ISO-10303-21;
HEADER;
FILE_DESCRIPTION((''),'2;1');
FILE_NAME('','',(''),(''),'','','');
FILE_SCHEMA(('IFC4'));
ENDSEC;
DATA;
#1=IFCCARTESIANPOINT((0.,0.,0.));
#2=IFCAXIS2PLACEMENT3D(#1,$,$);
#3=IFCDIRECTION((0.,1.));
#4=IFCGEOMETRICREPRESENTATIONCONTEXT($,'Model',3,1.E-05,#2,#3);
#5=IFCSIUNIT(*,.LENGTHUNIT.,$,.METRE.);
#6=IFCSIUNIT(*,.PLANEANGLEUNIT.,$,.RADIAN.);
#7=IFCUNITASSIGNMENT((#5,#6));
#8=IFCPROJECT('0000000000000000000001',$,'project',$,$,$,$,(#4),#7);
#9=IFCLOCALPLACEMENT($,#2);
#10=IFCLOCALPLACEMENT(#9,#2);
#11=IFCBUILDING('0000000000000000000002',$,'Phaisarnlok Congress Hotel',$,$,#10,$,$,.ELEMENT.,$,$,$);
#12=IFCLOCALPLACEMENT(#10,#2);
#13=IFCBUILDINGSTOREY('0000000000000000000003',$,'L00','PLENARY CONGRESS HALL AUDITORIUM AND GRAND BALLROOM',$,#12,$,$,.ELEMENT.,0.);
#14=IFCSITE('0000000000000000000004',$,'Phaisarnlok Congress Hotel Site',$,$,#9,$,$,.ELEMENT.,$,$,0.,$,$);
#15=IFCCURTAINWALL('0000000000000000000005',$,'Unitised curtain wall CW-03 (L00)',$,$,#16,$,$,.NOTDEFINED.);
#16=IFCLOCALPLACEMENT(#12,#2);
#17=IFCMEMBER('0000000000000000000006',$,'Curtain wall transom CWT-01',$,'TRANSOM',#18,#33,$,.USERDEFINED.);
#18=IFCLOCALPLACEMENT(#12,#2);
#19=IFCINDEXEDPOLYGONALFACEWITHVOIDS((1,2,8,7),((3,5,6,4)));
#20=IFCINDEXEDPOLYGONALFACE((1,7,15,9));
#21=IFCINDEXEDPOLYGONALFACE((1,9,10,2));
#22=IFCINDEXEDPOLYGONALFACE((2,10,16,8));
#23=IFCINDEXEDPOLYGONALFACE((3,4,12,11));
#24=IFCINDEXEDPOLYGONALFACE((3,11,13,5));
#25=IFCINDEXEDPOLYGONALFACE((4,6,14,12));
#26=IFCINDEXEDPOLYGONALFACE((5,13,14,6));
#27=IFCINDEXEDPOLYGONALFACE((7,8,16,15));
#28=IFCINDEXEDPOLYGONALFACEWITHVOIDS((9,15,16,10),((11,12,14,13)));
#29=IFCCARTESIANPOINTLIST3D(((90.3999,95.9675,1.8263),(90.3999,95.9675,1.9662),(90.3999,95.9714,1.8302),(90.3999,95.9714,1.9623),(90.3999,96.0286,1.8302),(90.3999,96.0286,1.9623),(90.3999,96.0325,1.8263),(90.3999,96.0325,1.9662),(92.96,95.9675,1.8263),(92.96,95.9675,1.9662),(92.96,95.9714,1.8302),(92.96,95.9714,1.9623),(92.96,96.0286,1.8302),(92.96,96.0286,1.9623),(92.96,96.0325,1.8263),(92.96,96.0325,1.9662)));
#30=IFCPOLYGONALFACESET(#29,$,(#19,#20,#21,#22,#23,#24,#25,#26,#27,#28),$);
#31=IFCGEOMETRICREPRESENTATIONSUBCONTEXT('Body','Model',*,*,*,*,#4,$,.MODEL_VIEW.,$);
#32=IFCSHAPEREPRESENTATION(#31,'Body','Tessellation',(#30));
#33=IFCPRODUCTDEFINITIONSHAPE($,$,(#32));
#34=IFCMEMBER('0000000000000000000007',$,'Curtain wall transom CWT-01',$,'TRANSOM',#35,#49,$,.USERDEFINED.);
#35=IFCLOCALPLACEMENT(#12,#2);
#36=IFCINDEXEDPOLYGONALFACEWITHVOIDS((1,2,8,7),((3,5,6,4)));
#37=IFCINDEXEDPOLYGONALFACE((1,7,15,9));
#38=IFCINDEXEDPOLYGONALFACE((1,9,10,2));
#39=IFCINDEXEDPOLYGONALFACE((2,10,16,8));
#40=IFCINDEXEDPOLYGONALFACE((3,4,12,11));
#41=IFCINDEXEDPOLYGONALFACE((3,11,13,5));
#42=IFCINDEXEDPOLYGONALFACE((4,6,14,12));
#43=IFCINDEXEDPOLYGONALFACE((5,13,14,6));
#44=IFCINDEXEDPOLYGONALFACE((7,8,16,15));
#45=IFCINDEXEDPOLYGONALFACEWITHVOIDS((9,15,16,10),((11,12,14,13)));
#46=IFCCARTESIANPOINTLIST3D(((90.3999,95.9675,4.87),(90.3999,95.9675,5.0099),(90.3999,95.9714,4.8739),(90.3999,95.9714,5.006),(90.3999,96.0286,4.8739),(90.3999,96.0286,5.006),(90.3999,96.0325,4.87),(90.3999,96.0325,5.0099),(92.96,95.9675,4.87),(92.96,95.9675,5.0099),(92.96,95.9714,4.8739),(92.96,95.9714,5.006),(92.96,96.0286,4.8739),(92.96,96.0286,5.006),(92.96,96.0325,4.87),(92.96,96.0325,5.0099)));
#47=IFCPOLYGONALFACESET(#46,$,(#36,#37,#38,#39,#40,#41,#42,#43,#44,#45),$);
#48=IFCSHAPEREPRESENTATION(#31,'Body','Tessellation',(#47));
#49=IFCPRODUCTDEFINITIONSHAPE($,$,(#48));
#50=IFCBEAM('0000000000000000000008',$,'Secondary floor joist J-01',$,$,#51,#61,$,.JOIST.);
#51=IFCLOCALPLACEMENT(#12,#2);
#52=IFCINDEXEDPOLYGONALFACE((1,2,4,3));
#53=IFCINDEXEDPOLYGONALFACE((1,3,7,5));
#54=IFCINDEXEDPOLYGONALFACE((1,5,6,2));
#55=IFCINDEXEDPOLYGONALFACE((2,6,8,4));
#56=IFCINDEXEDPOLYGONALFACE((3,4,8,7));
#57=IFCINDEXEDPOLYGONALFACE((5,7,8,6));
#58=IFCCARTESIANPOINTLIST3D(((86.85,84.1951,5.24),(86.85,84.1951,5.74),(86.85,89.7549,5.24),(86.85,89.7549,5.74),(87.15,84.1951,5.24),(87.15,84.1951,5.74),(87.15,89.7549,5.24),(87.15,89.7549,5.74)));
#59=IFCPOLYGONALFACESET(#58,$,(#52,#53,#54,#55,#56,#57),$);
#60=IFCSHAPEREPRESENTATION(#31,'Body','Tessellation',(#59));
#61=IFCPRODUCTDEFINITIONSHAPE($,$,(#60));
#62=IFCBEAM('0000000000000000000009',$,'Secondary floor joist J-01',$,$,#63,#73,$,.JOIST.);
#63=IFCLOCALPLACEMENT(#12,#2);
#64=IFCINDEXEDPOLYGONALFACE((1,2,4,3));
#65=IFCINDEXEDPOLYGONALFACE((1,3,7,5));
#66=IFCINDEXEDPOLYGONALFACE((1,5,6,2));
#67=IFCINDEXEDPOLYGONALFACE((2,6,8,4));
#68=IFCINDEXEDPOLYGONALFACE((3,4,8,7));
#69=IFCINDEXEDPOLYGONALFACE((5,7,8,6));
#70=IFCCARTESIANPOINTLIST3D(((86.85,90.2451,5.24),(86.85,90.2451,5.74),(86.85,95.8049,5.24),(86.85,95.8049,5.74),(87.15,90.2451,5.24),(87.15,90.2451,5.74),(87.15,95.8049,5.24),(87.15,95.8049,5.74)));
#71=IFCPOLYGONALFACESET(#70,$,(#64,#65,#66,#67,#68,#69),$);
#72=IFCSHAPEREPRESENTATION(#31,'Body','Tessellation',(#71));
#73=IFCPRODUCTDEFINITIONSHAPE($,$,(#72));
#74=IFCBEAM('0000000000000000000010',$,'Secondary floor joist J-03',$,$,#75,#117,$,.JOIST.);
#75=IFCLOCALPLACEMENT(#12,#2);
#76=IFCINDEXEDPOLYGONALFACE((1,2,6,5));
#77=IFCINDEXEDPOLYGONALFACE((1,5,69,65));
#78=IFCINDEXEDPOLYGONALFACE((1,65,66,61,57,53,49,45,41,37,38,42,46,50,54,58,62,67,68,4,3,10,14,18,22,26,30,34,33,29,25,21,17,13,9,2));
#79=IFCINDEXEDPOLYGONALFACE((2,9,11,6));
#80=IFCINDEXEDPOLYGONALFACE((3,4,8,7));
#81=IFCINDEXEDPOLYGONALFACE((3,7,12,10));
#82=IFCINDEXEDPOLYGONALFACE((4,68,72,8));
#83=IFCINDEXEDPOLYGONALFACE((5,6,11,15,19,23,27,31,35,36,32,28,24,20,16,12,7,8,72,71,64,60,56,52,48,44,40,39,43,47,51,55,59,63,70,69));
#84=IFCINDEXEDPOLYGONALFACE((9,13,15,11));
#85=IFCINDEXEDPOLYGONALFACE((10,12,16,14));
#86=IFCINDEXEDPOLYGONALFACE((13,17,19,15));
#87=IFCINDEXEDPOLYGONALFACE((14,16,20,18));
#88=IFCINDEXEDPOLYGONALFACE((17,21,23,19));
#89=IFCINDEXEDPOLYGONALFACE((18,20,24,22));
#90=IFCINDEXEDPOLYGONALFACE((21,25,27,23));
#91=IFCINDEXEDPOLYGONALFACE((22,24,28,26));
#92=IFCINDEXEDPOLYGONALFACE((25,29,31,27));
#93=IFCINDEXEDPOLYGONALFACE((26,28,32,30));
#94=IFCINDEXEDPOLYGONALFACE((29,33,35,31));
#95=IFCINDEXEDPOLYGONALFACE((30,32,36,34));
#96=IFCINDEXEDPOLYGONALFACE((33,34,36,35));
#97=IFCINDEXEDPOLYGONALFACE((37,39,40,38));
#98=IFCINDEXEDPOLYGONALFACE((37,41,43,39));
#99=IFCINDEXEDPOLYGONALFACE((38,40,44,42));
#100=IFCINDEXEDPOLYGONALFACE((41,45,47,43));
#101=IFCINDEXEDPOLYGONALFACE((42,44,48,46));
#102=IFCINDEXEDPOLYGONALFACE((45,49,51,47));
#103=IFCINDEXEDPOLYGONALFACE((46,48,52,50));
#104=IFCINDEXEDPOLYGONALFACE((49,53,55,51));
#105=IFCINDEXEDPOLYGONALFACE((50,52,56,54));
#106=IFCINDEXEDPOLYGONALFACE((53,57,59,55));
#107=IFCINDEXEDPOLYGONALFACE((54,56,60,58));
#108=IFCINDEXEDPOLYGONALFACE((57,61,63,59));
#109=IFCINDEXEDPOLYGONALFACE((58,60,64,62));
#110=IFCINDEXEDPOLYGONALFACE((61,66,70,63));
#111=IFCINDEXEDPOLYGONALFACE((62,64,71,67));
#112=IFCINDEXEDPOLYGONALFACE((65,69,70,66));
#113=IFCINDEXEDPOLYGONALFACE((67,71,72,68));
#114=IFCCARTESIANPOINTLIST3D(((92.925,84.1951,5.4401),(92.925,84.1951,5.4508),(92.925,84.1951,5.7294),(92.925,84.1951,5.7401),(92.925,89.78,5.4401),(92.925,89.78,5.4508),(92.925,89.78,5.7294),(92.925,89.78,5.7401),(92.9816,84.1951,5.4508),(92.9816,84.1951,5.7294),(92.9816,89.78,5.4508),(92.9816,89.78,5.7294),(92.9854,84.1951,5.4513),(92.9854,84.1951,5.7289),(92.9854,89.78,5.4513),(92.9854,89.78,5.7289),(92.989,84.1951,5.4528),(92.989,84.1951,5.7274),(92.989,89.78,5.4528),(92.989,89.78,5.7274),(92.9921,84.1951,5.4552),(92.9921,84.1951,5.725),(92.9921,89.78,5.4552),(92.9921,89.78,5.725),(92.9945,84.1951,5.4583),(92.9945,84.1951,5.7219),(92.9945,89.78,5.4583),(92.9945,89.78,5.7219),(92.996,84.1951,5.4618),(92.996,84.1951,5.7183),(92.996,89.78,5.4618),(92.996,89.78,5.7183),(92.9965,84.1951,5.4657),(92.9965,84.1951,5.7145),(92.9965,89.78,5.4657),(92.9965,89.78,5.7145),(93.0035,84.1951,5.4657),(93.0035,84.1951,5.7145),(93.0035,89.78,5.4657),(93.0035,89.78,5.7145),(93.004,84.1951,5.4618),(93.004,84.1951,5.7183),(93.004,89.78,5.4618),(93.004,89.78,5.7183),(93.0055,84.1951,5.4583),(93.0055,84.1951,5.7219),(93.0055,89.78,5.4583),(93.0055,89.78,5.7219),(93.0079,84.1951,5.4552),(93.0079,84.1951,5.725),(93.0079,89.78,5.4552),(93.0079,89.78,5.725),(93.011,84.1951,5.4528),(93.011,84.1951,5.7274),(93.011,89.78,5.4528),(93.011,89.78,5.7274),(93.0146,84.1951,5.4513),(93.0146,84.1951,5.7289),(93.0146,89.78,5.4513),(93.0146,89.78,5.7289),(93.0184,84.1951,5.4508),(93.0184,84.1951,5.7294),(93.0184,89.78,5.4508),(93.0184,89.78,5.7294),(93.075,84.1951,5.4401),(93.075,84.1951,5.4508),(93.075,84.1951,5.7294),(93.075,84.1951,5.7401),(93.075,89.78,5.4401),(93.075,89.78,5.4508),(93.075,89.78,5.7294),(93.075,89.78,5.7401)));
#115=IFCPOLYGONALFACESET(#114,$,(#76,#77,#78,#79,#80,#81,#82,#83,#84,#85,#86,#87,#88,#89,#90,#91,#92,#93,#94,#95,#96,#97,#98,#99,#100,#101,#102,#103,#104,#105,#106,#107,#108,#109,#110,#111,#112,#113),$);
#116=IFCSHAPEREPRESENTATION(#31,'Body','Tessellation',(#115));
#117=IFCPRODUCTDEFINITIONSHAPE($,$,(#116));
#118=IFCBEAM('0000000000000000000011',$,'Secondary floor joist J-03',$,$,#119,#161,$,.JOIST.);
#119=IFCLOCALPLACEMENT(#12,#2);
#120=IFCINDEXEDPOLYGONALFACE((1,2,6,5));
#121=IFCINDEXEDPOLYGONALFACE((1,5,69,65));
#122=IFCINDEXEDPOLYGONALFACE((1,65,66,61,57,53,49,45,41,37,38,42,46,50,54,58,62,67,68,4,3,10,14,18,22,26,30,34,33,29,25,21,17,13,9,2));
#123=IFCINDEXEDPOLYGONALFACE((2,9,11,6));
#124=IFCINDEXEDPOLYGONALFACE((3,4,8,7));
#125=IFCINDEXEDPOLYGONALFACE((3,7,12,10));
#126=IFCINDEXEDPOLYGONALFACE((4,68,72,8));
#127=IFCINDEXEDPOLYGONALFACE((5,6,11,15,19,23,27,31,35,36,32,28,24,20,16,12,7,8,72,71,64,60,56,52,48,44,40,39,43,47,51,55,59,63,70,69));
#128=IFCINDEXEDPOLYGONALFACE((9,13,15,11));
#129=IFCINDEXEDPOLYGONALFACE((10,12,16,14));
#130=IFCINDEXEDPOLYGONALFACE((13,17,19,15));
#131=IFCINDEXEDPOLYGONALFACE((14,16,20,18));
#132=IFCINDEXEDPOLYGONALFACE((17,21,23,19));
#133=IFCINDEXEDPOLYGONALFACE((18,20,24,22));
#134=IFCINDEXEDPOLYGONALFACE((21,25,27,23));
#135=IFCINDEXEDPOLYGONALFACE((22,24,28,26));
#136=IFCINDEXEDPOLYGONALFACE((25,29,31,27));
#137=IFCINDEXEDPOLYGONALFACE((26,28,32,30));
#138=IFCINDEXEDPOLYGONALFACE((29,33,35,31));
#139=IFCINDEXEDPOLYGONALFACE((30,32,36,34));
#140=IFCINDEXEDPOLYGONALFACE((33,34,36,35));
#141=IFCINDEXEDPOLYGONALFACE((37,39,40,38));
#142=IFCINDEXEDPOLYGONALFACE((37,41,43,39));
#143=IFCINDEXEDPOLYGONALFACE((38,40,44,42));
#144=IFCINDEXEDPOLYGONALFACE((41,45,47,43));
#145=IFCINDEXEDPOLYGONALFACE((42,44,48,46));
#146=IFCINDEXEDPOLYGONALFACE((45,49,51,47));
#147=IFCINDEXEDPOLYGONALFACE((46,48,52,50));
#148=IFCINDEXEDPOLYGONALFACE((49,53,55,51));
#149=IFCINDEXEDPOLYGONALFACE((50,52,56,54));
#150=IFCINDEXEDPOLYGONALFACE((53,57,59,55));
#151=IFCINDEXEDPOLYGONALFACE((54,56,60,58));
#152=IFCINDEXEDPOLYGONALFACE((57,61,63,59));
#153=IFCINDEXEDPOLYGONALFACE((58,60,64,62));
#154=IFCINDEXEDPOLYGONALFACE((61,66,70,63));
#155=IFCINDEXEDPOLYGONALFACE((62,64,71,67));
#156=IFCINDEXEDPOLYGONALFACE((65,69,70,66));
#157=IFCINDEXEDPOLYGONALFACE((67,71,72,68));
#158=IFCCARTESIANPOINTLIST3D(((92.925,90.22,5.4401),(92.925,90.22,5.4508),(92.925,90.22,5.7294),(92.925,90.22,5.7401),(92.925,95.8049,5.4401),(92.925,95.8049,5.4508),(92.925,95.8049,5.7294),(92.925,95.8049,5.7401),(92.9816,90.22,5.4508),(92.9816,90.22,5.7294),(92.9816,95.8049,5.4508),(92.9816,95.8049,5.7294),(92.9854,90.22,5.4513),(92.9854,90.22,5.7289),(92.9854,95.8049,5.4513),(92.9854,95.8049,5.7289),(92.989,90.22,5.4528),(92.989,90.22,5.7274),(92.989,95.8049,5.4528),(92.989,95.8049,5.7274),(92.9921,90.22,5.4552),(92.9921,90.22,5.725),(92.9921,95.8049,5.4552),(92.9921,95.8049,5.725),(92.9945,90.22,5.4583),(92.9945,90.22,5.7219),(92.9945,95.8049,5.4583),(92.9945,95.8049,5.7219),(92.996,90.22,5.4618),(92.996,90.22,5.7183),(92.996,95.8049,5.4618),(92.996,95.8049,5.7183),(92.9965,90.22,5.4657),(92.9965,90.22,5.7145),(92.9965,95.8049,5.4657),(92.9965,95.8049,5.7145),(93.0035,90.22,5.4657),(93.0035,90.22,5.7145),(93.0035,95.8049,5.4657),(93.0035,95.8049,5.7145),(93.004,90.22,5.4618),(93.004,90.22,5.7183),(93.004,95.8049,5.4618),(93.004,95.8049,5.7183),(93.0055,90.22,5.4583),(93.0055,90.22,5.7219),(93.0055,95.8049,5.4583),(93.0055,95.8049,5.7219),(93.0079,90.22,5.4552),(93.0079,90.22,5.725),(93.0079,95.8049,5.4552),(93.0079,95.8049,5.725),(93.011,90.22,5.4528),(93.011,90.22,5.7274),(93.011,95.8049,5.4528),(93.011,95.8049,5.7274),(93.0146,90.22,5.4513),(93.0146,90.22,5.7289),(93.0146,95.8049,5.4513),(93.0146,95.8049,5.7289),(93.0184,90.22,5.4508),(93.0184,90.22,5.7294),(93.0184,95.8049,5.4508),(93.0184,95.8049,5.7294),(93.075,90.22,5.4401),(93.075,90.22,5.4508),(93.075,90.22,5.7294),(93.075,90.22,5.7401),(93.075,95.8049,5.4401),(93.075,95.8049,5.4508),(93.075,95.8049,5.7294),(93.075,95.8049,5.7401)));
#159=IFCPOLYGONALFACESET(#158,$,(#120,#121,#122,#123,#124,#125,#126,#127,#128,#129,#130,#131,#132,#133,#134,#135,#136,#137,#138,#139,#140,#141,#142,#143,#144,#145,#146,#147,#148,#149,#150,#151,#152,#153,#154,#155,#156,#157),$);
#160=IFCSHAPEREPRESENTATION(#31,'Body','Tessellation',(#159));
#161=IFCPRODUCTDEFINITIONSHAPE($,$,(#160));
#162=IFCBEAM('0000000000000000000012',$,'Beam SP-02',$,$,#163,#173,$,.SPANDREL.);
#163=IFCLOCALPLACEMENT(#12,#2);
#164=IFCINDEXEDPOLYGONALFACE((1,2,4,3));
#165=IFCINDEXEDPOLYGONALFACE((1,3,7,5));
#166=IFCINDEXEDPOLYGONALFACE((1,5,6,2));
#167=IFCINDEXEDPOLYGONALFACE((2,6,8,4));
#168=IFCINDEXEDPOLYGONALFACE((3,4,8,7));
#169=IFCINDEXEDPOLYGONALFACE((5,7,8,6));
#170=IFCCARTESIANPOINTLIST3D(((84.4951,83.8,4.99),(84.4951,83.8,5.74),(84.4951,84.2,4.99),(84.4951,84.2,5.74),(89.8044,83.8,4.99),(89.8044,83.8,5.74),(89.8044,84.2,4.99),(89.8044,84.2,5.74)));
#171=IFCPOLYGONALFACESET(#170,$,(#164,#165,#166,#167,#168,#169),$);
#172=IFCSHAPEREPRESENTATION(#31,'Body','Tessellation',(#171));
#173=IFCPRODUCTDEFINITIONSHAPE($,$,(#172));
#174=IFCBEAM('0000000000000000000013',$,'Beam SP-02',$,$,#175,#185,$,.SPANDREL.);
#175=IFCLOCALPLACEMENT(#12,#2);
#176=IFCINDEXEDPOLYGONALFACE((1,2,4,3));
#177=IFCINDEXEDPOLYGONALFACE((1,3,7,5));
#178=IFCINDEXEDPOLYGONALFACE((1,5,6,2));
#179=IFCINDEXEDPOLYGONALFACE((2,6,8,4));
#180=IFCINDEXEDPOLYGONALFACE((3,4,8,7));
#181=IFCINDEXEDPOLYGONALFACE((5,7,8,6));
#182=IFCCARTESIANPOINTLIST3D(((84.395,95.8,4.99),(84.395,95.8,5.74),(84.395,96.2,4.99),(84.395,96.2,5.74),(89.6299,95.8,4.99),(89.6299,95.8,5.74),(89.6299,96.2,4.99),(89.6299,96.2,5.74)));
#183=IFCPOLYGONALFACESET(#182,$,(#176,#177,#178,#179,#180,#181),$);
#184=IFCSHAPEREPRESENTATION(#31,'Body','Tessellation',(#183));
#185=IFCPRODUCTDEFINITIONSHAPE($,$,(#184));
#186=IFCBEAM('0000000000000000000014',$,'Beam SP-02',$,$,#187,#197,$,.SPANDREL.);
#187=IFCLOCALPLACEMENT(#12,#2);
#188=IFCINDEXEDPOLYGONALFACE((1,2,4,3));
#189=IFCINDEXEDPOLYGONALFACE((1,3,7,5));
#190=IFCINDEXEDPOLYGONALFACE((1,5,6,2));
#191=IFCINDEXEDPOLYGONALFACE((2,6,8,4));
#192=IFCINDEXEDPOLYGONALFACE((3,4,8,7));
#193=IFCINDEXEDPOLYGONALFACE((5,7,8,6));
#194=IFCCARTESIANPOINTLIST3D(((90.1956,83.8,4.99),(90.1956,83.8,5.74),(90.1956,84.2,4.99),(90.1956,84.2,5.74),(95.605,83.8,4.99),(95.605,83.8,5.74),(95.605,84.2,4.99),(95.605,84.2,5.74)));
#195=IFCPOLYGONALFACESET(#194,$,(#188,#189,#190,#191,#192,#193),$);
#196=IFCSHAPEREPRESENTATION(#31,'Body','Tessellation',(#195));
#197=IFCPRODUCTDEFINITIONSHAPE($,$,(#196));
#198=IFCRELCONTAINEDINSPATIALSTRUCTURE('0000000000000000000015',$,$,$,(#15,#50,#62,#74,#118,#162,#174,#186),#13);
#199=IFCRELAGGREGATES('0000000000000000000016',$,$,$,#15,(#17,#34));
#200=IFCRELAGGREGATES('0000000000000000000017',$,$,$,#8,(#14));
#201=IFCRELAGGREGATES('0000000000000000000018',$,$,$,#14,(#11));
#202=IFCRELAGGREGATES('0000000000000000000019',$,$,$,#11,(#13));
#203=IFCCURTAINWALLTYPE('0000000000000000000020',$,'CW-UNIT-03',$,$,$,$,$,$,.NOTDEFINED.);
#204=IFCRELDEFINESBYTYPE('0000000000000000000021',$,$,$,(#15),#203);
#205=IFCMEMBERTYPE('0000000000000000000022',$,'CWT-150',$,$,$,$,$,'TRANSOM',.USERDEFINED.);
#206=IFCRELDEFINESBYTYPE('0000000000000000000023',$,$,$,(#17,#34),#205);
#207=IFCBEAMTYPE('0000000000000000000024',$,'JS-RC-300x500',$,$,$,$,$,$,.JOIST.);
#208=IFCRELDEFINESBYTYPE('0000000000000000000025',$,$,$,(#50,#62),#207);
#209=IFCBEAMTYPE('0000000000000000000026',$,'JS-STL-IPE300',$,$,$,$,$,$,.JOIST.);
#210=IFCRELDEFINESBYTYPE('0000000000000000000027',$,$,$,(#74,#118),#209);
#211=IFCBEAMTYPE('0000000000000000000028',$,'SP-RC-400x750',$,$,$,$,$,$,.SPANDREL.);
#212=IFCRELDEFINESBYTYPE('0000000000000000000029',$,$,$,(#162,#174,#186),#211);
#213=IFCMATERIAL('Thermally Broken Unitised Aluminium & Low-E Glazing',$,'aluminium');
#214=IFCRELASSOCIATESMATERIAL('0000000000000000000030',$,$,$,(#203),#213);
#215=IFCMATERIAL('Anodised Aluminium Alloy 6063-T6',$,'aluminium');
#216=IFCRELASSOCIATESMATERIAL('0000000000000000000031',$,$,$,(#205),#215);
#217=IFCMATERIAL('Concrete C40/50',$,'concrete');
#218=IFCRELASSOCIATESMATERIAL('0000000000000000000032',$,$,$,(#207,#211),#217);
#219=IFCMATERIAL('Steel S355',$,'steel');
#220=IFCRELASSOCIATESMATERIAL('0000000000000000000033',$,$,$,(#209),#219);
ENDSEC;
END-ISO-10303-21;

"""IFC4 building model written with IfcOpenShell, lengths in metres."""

from ifc_helpers import new_model, si_unit, direction, frame, origin, origin_2d, place, context, subcontext, project, spatial, rectangle, hollow_rectangle, i_section, extrude, material, material_profile, profile_set, type_object, element, aggregate, save


model = new_model("IFC4")

# Units and contexts
model_context = context("Model", 3, precision=1e-05, world=origin(), true_north=direction((0.0, 1.0)))
body_context = subcontext(model_context, "Body", "Model", "MODEL_VIEW")
ifc_project = project(units=[si_unit("LENGTHUNIT", "METRE"), si_unit("PLANEANGLEUNIT", "RADIAN")], contexts=[model_context])

# Site, building, storey
site_placement = place(None, origin())
site = spatial("IfcSite", under=ifc_project, at=site_placement, Name="Phaisarnlok Congress Hotel Site", CompositionType="ELEMENT", RefElevation=0.0)
building_placement = place(site_placement, origin())
building = spatial("IfcBuilding", under=site, at=building_placement, Name="Phaisarnlok Congress Hotel", CompositionType="ELEMENT")
storey_placement = place(building_placement, origin())
storey = spatial("IfcBuildingStorey", under=building, at=storey_placement, Name="L00", Description="PLENARY CONGRESS HALL AUDITORIUM AND GRAND BALLROOM", CompositionType="ELEMENT", Elevation=0.0)

# Shared definitions
ifc_material_1 = material(Name="Steel S355", Category="steel")

# Shared definitions
ifc_material_2 = material(Name="Concrete C40/50", Category="concrete")

# Curtain wall, members
ifc_material_3 = material(Name="Thermally Broken Unitised Aluminium & Low-E Glazing", Category="aluminium")
curtain_wall_type_1 = type_object("IfcCurtainWallType", Name="CW-UNIT-03", PredefinedType="NOTDEFINED", material=ifc_material_3)
curtain_wall_1_placement = place(storey_placement, origin())
curtain_wall_1 = element("IfcCurtainWall", 1, at=curtain_wall_1_placement, inside=storey, type_object=curtain_wall_type_1, Name="Unitised curtain wall CW-03 (L00)", PredefinedType="NOTDEFINED")
ifc_material_4 = material(Name="Anodised Aluminium Alloy 6063-T6", Category="aluminium")
ifc_material_profile_1 = material_profile(ifc_material_4, hollow_rectangle(XDim=0.0649, YDim=0.1399, WallThickness=0.0039, at=origin_2d()), Name="ALU-T 65x140x4")
ifc_profile_set_1 = profile_set([ifc_material_profile_1], Name="Anodised Aluminium Alloy 6063-T6")
member_type_1 = type_object("IfcMemberType", Name="CWT-150", ElementType="TRANSOM", PredefinedType="USERDEFINED", material=ifc_profile_set_1)
member_1_placement = place(storey_placement, frame((92.96, 96.0, 1.8962), z_axis=(-1.0, 0.0, 0.0), x_axis=(0.0, -1.0, 0.0)))
member_1 = element("IfcMember", 2, at=member_1_placement, type_object=member_type_1, Name="Curtain wall transom CWT-01", ObjectType="TRANSOM", PredefinedType="USERDEFINED", context=body_context, shape_type="SweptSolid", body=[
    extrude(hollow_rectangle(XDim=0.0649, YDim=0.1399, WallThickness=0.0039, at=origin_2d()), origin(), (0.0, 0.0, 1.0), 2.5601),
])
member_2_placement = place(storey_placement, frame((92.96, 96.0, 4.9399), z_axis=(-1.0, 0.0, 0.0), x_axis=(0.0, -1.0, 0.0)))
member_2 = element("IfcMember", 3, at=member_2_placement, type_object=member_type_1, Name="Curtain wall transom CWT-01", ObjectType="TRANSOM", PredefinedType="USERDEFINED", context=body_context, shape_type="SweptSolid", body=[
    extrude(hollow_rectangle(XDim=0.0649, YDim=0.1399, WallThickness=0.0039, at=origin_2d()), origin(), (0.0, 0.0, 1.0), 2.5601),
])

# Beams
ifc_material_profile_2 = material_profile(ifc_material_2, rectangle(XDim=0.3, YDim=0.5, at=origin_2d()), Name="RC 300x500")
ifc_profile_set_2 = profile_set([ifc_material_profile_2], Name="Concrete C40/50")
beam_type_1 = type_object("IfcBeamType", Name="JS-RC-300x500", PredefinedType="JOIST", material=ifc_profile_set_2)
for number, where, z_axis, x_axis, name in (
    (4, (87.0, 84.1951, 5.49), (0.0, 1.0, 0.0), (-1.0, 0.0, 0.0), "Secondary floor joist J-01"),
    (5, (87.0, 90.2451, 5.49), (0.0, 1.0, 0.0), (-1.0, 0.0, 0.0), "Secondary floor joist J-01"),
):
    element("IfcBeam", number, at=place(storey_placement, frame(where, z_axis=z_axis, x_axis=x_axis)), inside=storey, type_object=beam_type_1, Name=name, PredefinedType="JOIST", context=body_context, shape_type="SweptSolid", body=[
        extrude(rectangle(XDim=0.3, YDim=0.5, at=origin_2d()), origin(), (0.0, 0.0, 1.0), 5.5598),
    ])
ifc_material_profile_3 = material_profile(ifc_material_1, i_section(OverallWidth=0.1499, OverallDepth=0.3, WebThickness=0.0071, FlangeThickness=0.0107, FilletRadius=0.0149, at=origin_2d()), Name="IPE 300")
ifc_profile_set_3 = profile_set([ifc_material_profile_3], Name="Steel S355")
beam_type_2 = type_object("IfcBeamType", Name="JS-STL-IPE300", PredefinedType="JOIST", material=ifc_profile_set_3)
for number, where, z_axis, x_axis, name in (
    (6, (93.0, 84.1951, 5.5901), (0.0, 1.0, 0.0), (-1.0, 0.0, 0.0), "Secondary floor joist J-03"),
    (7, (93.0, 90.22, 5.5901), (0.0, 1.0, 0.0), (-1.0, 0.0, 0.0), "Secondary floor joist J-03"),
):
    element("IfcBeam", number, at=place(storey_placement, frame(where, z_axis=z_axis, x_axis=x_axis)), inside=storey, type_object=beam_type_2, Name=name, PredefinedType="JOIST", context=body_context, shape_type="SweptSolid", body=[
        extrude(i_section(OverallWidth=0.1499, OverallDepth=0.3, WebThickness=0.0071, FlangeThickness=0.0107, FilletRadius=0.0149, at=origin_2d()), origin(), (0.0, 0.0, 1.0), 5.585),
    ])
ifc_material_profile_4 = material_profile(ifc_material_2, rectangle(XDim=0.3999, YDim=0.75, at=origin_2d()), Name="RC 400x750")
ifc_profile_set_4 = profile_set([ifc_material_profile_4], Name="Concrete C40/50")
beam_type_3 = type_object("IfcBeamType", Name="SP-RC-400x750", PredefinedType="SPANDREL", material=ifc_profile_set_4)
beam_1_placement = place(storey_placement, frame((84.4951, 84.0, 5.365), z_axis=(1.0, 0.0, 0.0), x_axis=(0.0, 1.0, 0.0)))
element("IfcBeam", 8, at=beam_1_placement, inside=storey, type_object=beam_type_3, Name="Beam SP-02", PredefinedType="SPANDREL", context=body_context, shape_type="SweptSolid", body=[
    extrude(rectangle(XDim=0.3999, YDim=0.75, at=origin_2d()), origin(), (0.0, 0.0, 1.0), 5.3093),
])
beam_2_placement = place(storey_placement, frame((84.395, 96.0, 5.365), z_axis=(1.0, 0.0, 0.0), x_axis=(0.0, 1.0, 0.0)))
element("IfcBeam", 9, at=beam_2_placement, inside=storey, type_object=beam_type_3, Name="Beam SP-02", PredefinedType="SPANDREL", context=body_context, shape_type="SweptSolid", body=[
    extrude(rectangle(XDim=0.3999, YDim=0.75, at=origin_2d()), origin(), (0.0, 0.0, 1.0), 5.2349),
])
beam_3_placement = place(storey_placement, frame((90.1956, 84.0, 5.365), z_axis=(1.0, 0.0, 0.0), x_axis=(0.0, 1.0, 0.0)))
element("IfcBeam", 10, at=beam_3_placement, inside=storey, type_object=beam_type_3, Name="Beam SP-02", PredefinedType="SPANDREL", context=body_context, shape_type="SweptSolid", body=[
    extrude(rectangle(XDim=0.3999, YDim=0.75, at=origin_2d()), origin(), (0.0, 0.0, 1.0), 5.4094),
])

aggregate(curtain_wall_1, [member_1, member_2])

save(model, "model.ifc")
